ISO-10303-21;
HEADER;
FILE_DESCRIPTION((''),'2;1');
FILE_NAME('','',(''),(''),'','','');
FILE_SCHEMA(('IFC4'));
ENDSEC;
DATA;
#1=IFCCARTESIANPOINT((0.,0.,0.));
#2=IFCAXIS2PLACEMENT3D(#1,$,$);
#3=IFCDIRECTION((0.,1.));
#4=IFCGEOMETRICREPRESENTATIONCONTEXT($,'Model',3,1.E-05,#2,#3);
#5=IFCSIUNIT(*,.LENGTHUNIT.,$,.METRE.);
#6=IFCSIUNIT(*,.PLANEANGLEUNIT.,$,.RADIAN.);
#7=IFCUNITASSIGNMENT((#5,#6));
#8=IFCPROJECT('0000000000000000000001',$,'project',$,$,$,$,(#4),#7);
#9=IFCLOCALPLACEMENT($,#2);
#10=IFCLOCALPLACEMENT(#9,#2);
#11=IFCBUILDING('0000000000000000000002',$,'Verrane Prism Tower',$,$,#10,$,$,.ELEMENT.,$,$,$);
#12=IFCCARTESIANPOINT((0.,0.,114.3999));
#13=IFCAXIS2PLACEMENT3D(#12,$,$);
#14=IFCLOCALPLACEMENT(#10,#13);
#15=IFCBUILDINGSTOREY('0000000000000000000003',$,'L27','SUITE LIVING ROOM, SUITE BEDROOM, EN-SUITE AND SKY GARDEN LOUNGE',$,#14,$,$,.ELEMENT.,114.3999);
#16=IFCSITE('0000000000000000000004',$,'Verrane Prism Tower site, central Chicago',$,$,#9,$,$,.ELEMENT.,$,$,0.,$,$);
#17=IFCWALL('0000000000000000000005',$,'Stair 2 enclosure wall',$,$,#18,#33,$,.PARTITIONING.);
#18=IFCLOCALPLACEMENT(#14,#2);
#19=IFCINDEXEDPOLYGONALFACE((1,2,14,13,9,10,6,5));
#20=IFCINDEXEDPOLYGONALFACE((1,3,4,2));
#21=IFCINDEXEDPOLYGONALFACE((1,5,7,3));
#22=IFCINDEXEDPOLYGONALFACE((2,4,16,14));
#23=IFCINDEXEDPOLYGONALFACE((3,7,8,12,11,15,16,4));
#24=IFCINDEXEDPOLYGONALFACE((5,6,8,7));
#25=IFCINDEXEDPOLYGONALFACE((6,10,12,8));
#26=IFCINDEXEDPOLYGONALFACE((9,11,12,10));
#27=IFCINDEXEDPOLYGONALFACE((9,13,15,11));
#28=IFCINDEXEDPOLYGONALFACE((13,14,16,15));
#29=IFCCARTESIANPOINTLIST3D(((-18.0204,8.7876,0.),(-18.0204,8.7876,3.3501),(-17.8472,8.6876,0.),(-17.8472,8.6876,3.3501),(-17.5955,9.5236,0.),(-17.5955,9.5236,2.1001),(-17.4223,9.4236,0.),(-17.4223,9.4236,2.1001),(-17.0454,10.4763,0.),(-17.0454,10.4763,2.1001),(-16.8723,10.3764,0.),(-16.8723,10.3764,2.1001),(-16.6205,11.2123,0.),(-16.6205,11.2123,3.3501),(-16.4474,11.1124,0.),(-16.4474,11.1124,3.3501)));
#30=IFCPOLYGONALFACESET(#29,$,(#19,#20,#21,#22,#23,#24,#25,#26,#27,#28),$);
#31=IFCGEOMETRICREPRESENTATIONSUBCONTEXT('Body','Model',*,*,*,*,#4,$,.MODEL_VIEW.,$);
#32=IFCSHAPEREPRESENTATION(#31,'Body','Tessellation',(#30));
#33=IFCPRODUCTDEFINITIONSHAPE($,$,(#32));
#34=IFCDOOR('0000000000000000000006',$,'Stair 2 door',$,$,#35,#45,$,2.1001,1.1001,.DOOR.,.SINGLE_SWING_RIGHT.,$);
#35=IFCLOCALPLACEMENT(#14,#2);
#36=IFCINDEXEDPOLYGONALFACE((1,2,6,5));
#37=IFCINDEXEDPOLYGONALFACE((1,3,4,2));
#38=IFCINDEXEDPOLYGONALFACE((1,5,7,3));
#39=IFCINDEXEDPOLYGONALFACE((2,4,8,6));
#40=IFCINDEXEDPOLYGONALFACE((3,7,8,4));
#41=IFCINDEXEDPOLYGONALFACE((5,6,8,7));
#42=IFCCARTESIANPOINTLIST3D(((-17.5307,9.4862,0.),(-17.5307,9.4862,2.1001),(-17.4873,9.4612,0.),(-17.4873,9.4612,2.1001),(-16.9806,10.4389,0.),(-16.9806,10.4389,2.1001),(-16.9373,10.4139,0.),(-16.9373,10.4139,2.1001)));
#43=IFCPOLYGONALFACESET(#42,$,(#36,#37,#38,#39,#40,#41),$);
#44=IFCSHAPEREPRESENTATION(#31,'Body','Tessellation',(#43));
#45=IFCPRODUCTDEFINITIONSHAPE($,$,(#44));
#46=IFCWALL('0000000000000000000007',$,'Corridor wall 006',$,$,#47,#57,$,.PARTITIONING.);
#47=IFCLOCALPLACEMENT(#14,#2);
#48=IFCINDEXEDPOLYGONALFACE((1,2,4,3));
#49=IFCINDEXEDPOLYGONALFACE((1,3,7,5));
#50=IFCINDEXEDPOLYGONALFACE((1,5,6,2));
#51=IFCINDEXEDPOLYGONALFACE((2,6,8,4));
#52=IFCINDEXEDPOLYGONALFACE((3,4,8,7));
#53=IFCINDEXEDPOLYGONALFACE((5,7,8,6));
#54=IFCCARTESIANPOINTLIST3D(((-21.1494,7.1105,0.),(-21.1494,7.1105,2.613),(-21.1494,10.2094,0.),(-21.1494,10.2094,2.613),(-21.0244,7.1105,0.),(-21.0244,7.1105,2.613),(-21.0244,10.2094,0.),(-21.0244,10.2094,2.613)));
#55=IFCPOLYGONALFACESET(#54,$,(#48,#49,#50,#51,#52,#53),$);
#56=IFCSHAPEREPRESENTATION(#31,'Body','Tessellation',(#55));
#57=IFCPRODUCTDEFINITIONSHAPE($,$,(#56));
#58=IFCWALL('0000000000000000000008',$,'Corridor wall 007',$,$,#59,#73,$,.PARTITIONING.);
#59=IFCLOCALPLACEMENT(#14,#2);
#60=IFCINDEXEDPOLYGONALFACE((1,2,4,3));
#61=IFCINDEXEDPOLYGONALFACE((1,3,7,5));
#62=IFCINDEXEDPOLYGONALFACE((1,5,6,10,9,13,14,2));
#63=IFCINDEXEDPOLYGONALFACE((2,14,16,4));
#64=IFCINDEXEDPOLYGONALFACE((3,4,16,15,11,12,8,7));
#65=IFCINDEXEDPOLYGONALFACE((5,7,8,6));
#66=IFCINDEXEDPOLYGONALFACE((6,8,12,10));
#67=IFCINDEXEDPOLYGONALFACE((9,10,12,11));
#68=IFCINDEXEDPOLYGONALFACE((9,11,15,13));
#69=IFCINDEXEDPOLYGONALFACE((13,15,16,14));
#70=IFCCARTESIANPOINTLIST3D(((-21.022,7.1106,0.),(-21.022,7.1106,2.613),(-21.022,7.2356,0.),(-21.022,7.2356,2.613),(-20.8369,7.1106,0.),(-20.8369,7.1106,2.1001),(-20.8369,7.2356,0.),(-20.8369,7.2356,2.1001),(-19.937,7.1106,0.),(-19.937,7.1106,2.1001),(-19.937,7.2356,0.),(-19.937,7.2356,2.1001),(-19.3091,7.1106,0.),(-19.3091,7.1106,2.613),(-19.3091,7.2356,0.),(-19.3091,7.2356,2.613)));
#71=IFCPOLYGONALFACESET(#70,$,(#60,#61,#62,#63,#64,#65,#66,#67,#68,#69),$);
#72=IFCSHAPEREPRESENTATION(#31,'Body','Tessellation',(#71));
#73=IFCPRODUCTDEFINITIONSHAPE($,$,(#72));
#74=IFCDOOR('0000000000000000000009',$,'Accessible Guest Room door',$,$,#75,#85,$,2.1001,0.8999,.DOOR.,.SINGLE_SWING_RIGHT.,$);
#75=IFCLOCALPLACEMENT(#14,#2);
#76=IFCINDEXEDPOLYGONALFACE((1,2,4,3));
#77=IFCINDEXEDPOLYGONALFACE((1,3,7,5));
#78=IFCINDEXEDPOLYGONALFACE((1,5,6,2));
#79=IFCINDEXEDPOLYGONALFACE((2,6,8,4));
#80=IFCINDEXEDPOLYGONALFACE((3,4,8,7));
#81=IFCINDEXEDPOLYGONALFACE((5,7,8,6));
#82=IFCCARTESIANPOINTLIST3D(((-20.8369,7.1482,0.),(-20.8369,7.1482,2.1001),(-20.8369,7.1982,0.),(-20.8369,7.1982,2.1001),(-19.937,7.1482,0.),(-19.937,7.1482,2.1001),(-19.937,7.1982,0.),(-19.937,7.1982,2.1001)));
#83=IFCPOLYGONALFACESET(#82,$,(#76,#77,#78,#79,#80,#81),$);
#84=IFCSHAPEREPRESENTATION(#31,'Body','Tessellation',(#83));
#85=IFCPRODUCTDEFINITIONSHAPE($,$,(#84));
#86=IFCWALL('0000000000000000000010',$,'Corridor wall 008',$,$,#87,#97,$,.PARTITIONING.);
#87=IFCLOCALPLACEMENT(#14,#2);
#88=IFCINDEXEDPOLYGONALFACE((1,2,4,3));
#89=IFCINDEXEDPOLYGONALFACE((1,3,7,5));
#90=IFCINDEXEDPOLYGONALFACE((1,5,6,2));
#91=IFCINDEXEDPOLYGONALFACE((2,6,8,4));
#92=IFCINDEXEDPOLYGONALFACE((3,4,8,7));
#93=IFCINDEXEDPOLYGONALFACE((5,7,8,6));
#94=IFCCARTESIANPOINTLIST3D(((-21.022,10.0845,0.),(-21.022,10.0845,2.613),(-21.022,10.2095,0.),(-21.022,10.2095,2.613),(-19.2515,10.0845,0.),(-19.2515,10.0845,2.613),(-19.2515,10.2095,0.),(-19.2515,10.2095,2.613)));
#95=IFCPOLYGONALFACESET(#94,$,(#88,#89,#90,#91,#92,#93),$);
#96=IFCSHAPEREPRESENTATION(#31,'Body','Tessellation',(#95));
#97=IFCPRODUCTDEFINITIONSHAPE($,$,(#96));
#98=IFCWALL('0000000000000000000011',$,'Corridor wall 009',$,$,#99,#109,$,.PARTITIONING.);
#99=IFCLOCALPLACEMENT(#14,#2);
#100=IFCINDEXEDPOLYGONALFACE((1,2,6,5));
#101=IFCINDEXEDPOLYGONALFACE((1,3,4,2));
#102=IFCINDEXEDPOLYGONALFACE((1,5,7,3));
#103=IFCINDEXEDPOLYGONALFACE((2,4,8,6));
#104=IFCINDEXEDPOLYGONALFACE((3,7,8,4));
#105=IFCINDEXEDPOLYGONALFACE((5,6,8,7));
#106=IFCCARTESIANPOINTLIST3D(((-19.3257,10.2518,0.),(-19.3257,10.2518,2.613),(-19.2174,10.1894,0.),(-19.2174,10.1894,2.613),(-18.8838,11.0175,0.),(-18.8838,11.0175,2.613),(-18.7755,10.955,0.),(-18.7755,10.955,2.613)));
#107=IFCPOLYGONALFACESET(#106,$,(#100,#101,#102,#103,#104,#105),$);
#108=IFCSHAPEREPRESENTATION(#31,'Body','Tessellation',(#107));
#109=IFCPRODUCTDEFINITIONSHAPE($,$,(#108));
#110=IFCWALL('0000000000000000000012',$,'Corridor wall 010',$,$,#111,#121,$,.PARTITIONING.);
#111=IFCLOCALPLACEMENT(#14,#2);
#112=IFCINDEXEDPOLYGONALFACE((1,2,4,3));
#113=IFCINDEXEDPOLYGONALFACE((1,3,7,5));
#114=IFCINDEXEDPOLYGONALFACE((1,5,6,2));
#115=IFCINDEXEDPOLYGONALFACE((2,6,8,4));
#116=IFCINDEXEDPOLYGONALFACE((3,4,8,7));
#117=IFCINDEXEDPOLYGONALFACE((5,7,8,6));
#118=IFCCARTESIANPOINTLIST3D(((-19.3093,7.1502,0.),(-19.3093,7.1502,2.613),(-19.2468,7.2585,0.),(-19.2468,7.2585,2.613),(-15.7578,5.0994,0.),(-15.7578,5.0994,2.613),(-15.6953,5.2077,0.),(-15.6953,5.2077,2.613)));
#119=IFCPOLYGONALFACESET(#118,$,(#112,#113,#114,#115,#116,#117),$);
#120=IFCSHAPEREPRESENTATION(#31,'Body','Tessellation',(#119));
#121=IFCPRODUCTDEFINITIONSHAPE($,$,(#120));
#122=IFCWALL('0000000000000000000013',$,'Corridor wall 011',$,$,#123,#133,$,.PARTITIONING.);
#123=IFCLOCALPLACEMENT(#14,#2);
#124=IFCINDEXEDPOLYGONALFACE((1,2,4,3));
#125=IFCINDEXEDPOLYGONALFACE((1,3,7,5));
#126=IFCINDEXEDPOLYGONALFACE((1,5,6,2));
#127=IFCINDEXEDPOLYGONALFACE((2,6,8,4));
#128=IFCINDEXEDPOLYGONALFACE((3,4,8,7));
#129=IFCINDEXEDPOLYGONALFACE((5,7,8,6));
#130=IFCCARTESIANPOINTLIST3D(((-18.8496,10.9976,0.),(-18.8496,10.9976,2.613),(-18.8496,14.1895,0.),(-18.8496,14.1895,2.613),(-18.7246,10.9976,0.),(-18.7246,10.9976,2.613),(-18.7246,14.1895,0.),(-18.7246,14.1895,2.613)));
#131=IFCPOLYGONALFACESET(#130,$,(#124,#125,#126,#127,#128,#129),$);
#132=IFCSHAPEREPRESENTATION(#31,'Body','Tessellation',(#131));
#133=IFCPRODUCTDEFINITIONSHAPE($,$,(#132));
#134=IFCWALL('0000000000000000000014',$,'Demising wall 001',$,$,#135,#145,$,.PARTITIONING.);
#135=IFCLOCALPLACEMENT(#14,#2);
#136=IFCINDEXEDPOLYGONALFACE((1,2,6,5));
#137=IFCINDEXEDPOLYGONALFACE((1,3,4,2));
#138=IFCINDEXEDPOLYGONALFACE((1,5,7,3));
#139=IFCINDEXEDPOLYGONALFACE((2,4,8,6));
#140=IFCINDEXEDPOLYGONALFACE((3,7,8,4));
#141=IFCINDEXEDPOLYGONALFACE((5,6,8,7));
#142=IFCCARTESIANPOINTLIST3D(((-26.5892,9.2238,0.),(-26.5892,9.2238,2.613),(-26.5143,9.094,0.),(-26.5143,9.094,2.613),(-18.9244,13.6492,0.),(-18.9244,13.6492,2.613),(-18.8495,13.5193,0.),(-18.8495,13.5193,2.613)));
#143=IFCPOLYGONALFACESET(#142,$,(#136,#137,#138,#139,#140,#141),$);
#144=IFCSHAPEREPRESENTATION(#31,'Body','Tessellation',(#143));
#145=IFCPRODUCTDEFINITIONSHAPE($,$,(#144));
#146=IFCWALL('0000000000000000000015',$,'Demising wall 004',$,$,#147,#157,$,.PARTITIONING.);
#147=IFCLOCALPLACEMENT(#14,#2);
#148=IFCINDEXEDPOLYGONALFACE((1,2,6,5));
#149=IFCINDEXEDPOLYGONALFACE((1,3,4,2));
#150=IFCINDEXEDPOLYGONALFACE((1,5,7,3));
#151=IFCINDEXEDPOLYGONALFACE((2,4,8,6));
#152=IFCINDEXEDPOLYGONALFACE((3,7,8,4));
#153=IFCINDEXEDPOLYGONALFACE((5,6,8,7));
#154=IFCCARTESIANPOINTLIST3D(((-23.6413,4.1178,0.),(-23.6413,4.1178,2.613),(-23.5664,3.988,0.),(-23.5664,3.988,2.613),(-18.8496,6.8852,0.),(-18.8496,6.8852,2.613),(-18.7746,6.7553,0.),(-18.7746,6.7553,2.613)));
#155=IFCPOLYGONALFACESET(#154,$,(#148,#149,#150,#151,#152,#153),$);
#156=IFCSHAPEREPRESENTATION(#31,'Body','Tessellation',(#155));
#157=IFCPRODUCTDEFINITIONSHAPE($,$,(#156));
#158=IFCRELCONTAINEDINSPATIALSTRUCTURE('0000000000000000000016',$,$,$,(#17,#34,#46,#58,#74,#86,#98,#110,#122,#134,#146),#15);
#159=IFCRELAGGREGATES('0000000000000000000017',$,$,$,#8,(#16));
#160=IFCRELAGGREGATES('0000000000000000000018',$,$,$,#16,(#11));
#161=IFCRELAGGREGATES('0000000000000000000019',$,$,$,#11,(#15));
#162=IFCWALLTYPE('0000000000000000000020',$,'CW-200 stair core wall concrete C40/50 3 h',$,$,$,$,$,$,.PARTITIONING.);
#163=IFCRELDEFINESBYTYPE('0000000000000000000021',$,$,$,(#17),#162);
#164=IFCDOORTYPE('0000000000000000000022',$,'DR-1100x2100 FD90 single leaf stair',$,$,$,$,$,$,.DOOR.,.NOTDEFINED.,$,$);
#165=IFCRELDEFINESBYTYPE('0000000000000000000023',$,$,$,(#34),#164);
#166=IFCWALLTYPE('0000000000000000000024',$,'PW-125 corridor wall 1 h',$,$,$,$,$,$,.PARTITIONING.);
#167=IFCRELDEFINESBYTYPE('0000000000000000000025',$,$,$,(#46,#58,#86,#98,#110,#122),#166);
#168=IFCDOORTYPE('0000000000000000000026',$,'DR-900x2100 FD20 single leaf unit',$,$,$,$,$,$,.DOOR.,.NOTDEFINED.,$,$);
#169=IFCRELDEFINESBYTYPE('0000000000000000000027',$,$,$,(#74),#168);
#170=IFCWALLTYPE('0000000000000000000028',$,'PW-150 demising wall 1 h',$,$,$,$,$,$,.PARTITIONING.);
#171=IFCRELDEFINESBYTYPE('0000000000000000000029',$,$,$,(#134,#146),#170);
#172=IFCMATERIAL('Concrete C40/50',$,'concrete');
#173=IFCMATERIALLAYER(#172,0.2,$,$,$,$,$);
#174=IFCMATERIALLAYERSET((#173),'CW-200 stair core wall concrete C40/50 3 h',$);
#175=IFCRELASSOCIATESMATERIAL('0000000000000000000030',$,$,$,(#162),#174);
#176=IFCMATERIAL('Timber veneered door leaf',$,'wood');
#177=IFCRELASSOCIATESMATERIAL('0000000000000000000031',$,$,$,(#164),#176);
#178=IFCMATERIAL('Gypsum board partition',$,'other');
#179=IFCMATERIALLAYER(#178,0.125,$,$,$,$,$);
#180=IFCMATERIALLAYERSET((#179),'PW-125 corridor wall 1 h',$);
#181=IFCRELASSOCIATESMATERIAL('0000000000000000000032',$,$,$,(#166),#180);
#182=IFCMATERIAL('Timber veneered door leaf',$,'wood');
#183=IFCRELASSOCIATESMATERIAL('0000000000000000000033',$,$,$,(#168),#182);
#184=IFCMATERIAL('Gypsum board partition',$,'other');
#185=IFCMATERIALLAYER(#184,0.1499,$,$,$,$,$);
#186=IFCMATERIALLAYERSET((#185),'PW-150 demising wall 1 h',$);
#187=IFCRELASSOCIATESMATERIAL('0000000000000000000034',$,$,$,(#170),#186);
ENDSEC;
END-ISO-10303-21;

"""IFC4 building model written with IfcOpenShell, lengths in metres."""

from ifc_helpers import new_model, si_unit, direction, frame, frame_2d, origin, place, context, subcontext, project, spatial, rectangle, extrude, material, layer, layer_set, type_object, element, fill, save


model = new_model("IFC4")

# Units and contexts
model_context = context("Model", 3, precision=1e-05, world=origin(), true_north=direction((0.0, 1.0)))
body_context = subcontext(model_context, "Body", "Model", "MODEL_VIEW")
ifc_project = project(units=[si_unit("LENGTHUNIT", "METRE"), si_unit("PLANEANGLEUNIT", "RADIAN")], contexts=[model_context])

# Site, building, storey
site_placement = place(None, origin())
site = spatial("IfcSite", under=ifc_project, at=site_placement, Name="Verrane Prism Tower site, central Chicago", CompositionType="ELEMENT", RefElevation=0.0)
building_placement = place(site_placement, origin())
building = spatial("IfcBuilding", under=site, at=building_placement, Name="Verrane Prism Tower", CompositionType="ELEMENT")
storey_placement = place(building_placement, frame((0.0, 0.0, 114.3999)))
storey = spatial("IfcBuildingStorey", under=building, at=storey_placement, Name="L27", Description="SUITE LIVING ROOM, SUITE BEDROOM, EN-SUITE AND SKY GARDEN LOUNGE", CompositionType="ELEMENT", Elevation=114.3999)

# Wall, opening, door
ifc_material_1 = material(Name="Concrete C40/50", Category="concrete")
ifc_layer_1 = layer(ifc_material_1, 0.2)
ifc_layer_set_1 = layer_set([ifc_layer_1], Name="CW-200 stair core wall concrete C40/50 3 h")
wall_type_1 = type_object("IfcWallType", Name="CW-200 stair core wall concrete C40/50 3 h", PredefinedType="PARTITIONING", material=ifc_layer_set_1)
wall_1_placement = place(storey_placement, frame((-16.5339, 11.1624, 0.0), z_axis=(0.0, 0.0, 1.0), x_axis=(-0.499984, -0.866035, 0.0)))
wall_1 = element("IfcWall", 1, at=wall_1_placement, inside=storey, type_object=wall_type_1, Name="Stair 2 enclosure wall", PredefinedType="PARTITIONING", context=body_context, shape_type="SweptSolid", body=[
    extrude(rectangle(XDim=2.7998, YDim=0.2, at=frame_2d((1.3999, 0.0))), origin(), (0.0, 0.0, 1.0), 3.3501),
])
opening_1_placement = place(wall_1_placement, frame((0.8499, 0.0, 0.0)))
opening_1 = element("IfcOpeningElement", 2, at=opening_1_placement, cuts=wall_1, PredefinedType="OPENING", context=body_context, shape_type="SweptSolid", body=[
    extrude(rectangle(XDim=1.1001, YDim=2.1001, at=frame_2d((0.55, 1.05))), frame((0.0, 0.1099, 0.0), z_axis=(0.0, -1.0, 0.0), x_axis=(1.0, 0.0, 0.0)), (0.0, 0.0, 1.0), 0.22),
])
ifc_material_2 = material(Name="Timber veneered door leaf", Category="wood")
door_type_1 = type_object("IfcDoorType", Name="DR-1100x2100 FD90 single leaf stair", OperationType="NOTDEFINED", PredefinedType="DOOR", material=ifc_material_2)
door_1_placement = place(opening_1_placement, origin())
door_1 = element("IfcDoor", 3, at=door_1_placement, inside=storey, type_object=door_type_1, Name="Stair 2 door", OperationType="SINGLE_SWING_RIGHT", OverallHeight=2.1001, OverallWidth=1.1001, PredefinedType="DOOR", context=body_context, shape_type="SweptSolid", body=[
    extrude(rectangle(XDim=1.1001, YDim=2.1001, at=frame_2d((0.55, 1.05))), frame((0.0, 0.0249, 0.0), z_axis=(0.0, -1.0, 0.0), x_axis=(1.0, 0.0, 0.0)), (0.0, 0.0, 1.0), 0.05),
])
fill(opening_1, door_1)

# Wall
ifc_material_3 = material(Name="Gypsum board partition", Category="other")
ifc_layer_2 = layer(ifc_material_3, 0.125)
ifc_layer_set_2 = layer_set([ifc_layer_2], Name="PW-125 corridor wall 1 h")
wall_type_2 = type_object("IfcWallType", Name="PW-125 corridor wall 1 h", PredefinedType="PARTITIONING", material=ifc_layer_set_2)
wall_2_placement = place(storey_placement, frame((-21.0869, 7.1106, 0.0), z_axis=(0.0, 0.0, 1.0), x_axis=(0.0, 1.0, 0.0)))
element("IfcWall", 4, at=wall_2_placement, inside=storey, type_object=wall_type_2, Name="Corridor wall 006", PredefinedType="PARTITIONING", context=body_context, shape_type="SweptSolid", body=[
    extrude(rectangle(XDim=3.0989, YDim=0.125, at=frame_2d((1.5493, 0.0))), origin(), (0.0, 0.0, 1.0), 2.613),
])

# Wall, opening, door
wall_3_placement = place(storey_placement, frame((-19.3091, 7.1731, 0.0), z_axis=(0.0, 0.0, 1.0), x_axis=(-1.0, 0.0, 0.0)))
wall_3 = element("IfcWall", 5, at=wall_3_placement, inside=storey, type_object=wall_type_2, Name="Corridor wall 007", PredefinedType="PARTITIONING", context=body_context, shape_type="SweptSolid", body=[
    extrude(rectangle(XDim=1.7129, YDim=0.125, at=frame_2d((0.8564, 0.0))), origin(), (0.0, 0.0, 1.0), 2.613),
])
opening_2_placement = place(wall_3_placement, frame((0.6279, 0.0, 0.0)))
opening_2 = element("IfcOpeningElement", 6, at=opening_2_placement, cuts=wall_3, PredefinedType="OPENING", context=body_context, shape_type="SweptSolid", body=[
    extrude(rectangle(XDim=0.8999, YDim=2.1001, at=frame_2d((0.45, 1.05))), frame((0.0, 0.0725, 0.0), z_axis=(0.0, -1.0, 0.0), x_axis=(1.0, 0.0, 0.0)), (0.0, 0.0, 1.0), 0.145),
])
ifc_material_4 = material(Name="Timber veneered door leaf", Category="wood")
door_type_2 = type_object("IfcDoorType", Name="DR-900x2100 FD20 single leaf unit", OperationType="NOTDEFINED", PredefinedType="DOOR", material=ifc_material_4)
door_2_placement = place(opening_2_placement, origin())
door_2 = element("IfcDoor", 7, at=door_2_placement, inside=storey, type_object=door_type_2, Name="Accessible Guest Room door", OperationType="SINGLE_SWING_RIGHT", OverallHeight=2.1001, OverallWidth=0.8999, PredefinedType="DOOR", context=body_context, shape_type="SweptSolid", body=[
    extrude(rectangle(XDim=0.8999, YDim=2.1001, at=frame_2d((0.45, 1.05))), frame((0.0, 0.0249, 0.0), z_axis=(0.0, -1.0, 0.0), x_axis=(1.0, 0.0, 0.0)), (0.0, 0.0, 1.0), 0.05),
])
fill(opening_2, door_2)

# Walls
wall_4_placement = place(storey_placement, frame((-21.022, 10.147, 0.0), z_axis=(0.0, 0.0, 1.0), x_axis=(1.0, 0.0, 0.0)))
element("IfcWall", 8, at=wall_4_placement, inside=storey, type_object=wall_type_2, Name="Corridor wall 008", PredefinedType="PARTITIONING", context=body_context, shape_type="SweptSolid", body=[
    extrude(rectangle(XDim=1.7705, YDim=0.125, at=frame_2d((0.8853, 0.0))), origin(), (0.0, 0.0, 1.0), 2.613),
])
wall_5_placement = place(storey_placement, frame((-19.2715, 10.2207, 0.0), z_axis=(0.0, 0.0, 1.0), x_axis=(0.499882, 0.866094, 0.0)))
element("IfcWall", 9, at=wall_5_placement, inside=storey, type_object=wall_type_2, Name="Corridor wall 009", PredefinedType="PARTITIONING", context=body_context, shape_type="SweptSolid", body=[
    extrude(rectangle(XDim=0.884, YDim=0.125, at=frame_2d((0.4419, 0.0))), origin(), (0.0, 0.0, 1.0), 2.613),
])
wall_6_placement = place(storey_placement, frame((-19.2781, 7.2043, 0.0), z_axis=(0.0, 0.0, 1.0), x_axis=(0.865992, -0.500057, 0.0)))
element("IfcWall", 10, at=wall_6_placement, inside=storey, type_object=wall_type_2, Name="Corridor wall 010", PredefinedType="PARTITIONING", context=body_context, shape_type="SweptSolid", body=[
    extrude(rectangle(XDim=4.1011, YDim=0.125, at=frame_2d((2.0505, 0.0))), origin(), (0.0, 0.0, 1.0), 2.613),
])
wall_7_placement = place(storey_placement, frame((-18.7871, 10.9976, 0.0), z_axis=(0.0, 0.0, 1.0), x_axis=(0.0, 1.0, 0.0)))
element("IfcWall", 11, at=wall_7_placement, inside=storey, type_object=wall_type_2, Name="Corridor wall 011", PredefinedType="PARTITIONING", context=body_context, shape_type="SweptSolid", body=[
    extrude(rectangle(XDim=3.1919, YDim=0.125, at=frame_2d((1.5959, 0.0))), origin(), (0.0, 0.0, 1.0), 2.613),
])
ifc_material_5 = material(Name="Gypsum board partition", Category="other")
ifc_layer_3 = layer(ifc_material_5, 0.1499)
ifc_layer_set_3 = layer_set([ifc_layer_3], Name="PW-150 demising wall 1 h")
wall_type_3 = type_object("IfcWallType", Name="PW-150 demising wall 1 h", PredefinedType="PARTITIONING", material=ifc_layer_set_3)
wall_8_placement = place(storey_placement, frame((-26.5518, 9.1589, 0.0), z_axis=(0.0, 0.0, 1.0), x_axis=(0.866024, 0.500002, 0.0)))
element("IfcWall", 12, at=wall_8_placement, inside=storey, type_object=wall_type_3, Name="Demising wall 001", PredefinedType="PARTITIONING", context=body_context, shape_type="SweptSolid", body=[
    extrude(rectangle(XDim=8.8506, YDim=0.1499, at=frame_2d((4.4253, 0.0))), origin(), (0.0, 0.0, 1.0), 2.613),
])
wall_9_placement = place(storey_placement, frame((-23.6038, 4.053, 0.0), z_axis=(0.0, 0.0, 1.0), x_axis=(0.865961, 0.500111, 0.0)))
element("IfcWall", 13, at=wall_9_placement, inside=storey, type_object=wall_type_3, Name="Demising wall 004", PredefinedType="PARTITIONING", context=body_context, shape_type="SweptSolid", body=[
    extrude(rectangle(XDim=5.5334, YDim=0.1499, at=frame_2d((2.7666, 0.0))), origin(), (0.0, 0.0, 1.0), 2.613),
])

save(model, "model.ifc")
